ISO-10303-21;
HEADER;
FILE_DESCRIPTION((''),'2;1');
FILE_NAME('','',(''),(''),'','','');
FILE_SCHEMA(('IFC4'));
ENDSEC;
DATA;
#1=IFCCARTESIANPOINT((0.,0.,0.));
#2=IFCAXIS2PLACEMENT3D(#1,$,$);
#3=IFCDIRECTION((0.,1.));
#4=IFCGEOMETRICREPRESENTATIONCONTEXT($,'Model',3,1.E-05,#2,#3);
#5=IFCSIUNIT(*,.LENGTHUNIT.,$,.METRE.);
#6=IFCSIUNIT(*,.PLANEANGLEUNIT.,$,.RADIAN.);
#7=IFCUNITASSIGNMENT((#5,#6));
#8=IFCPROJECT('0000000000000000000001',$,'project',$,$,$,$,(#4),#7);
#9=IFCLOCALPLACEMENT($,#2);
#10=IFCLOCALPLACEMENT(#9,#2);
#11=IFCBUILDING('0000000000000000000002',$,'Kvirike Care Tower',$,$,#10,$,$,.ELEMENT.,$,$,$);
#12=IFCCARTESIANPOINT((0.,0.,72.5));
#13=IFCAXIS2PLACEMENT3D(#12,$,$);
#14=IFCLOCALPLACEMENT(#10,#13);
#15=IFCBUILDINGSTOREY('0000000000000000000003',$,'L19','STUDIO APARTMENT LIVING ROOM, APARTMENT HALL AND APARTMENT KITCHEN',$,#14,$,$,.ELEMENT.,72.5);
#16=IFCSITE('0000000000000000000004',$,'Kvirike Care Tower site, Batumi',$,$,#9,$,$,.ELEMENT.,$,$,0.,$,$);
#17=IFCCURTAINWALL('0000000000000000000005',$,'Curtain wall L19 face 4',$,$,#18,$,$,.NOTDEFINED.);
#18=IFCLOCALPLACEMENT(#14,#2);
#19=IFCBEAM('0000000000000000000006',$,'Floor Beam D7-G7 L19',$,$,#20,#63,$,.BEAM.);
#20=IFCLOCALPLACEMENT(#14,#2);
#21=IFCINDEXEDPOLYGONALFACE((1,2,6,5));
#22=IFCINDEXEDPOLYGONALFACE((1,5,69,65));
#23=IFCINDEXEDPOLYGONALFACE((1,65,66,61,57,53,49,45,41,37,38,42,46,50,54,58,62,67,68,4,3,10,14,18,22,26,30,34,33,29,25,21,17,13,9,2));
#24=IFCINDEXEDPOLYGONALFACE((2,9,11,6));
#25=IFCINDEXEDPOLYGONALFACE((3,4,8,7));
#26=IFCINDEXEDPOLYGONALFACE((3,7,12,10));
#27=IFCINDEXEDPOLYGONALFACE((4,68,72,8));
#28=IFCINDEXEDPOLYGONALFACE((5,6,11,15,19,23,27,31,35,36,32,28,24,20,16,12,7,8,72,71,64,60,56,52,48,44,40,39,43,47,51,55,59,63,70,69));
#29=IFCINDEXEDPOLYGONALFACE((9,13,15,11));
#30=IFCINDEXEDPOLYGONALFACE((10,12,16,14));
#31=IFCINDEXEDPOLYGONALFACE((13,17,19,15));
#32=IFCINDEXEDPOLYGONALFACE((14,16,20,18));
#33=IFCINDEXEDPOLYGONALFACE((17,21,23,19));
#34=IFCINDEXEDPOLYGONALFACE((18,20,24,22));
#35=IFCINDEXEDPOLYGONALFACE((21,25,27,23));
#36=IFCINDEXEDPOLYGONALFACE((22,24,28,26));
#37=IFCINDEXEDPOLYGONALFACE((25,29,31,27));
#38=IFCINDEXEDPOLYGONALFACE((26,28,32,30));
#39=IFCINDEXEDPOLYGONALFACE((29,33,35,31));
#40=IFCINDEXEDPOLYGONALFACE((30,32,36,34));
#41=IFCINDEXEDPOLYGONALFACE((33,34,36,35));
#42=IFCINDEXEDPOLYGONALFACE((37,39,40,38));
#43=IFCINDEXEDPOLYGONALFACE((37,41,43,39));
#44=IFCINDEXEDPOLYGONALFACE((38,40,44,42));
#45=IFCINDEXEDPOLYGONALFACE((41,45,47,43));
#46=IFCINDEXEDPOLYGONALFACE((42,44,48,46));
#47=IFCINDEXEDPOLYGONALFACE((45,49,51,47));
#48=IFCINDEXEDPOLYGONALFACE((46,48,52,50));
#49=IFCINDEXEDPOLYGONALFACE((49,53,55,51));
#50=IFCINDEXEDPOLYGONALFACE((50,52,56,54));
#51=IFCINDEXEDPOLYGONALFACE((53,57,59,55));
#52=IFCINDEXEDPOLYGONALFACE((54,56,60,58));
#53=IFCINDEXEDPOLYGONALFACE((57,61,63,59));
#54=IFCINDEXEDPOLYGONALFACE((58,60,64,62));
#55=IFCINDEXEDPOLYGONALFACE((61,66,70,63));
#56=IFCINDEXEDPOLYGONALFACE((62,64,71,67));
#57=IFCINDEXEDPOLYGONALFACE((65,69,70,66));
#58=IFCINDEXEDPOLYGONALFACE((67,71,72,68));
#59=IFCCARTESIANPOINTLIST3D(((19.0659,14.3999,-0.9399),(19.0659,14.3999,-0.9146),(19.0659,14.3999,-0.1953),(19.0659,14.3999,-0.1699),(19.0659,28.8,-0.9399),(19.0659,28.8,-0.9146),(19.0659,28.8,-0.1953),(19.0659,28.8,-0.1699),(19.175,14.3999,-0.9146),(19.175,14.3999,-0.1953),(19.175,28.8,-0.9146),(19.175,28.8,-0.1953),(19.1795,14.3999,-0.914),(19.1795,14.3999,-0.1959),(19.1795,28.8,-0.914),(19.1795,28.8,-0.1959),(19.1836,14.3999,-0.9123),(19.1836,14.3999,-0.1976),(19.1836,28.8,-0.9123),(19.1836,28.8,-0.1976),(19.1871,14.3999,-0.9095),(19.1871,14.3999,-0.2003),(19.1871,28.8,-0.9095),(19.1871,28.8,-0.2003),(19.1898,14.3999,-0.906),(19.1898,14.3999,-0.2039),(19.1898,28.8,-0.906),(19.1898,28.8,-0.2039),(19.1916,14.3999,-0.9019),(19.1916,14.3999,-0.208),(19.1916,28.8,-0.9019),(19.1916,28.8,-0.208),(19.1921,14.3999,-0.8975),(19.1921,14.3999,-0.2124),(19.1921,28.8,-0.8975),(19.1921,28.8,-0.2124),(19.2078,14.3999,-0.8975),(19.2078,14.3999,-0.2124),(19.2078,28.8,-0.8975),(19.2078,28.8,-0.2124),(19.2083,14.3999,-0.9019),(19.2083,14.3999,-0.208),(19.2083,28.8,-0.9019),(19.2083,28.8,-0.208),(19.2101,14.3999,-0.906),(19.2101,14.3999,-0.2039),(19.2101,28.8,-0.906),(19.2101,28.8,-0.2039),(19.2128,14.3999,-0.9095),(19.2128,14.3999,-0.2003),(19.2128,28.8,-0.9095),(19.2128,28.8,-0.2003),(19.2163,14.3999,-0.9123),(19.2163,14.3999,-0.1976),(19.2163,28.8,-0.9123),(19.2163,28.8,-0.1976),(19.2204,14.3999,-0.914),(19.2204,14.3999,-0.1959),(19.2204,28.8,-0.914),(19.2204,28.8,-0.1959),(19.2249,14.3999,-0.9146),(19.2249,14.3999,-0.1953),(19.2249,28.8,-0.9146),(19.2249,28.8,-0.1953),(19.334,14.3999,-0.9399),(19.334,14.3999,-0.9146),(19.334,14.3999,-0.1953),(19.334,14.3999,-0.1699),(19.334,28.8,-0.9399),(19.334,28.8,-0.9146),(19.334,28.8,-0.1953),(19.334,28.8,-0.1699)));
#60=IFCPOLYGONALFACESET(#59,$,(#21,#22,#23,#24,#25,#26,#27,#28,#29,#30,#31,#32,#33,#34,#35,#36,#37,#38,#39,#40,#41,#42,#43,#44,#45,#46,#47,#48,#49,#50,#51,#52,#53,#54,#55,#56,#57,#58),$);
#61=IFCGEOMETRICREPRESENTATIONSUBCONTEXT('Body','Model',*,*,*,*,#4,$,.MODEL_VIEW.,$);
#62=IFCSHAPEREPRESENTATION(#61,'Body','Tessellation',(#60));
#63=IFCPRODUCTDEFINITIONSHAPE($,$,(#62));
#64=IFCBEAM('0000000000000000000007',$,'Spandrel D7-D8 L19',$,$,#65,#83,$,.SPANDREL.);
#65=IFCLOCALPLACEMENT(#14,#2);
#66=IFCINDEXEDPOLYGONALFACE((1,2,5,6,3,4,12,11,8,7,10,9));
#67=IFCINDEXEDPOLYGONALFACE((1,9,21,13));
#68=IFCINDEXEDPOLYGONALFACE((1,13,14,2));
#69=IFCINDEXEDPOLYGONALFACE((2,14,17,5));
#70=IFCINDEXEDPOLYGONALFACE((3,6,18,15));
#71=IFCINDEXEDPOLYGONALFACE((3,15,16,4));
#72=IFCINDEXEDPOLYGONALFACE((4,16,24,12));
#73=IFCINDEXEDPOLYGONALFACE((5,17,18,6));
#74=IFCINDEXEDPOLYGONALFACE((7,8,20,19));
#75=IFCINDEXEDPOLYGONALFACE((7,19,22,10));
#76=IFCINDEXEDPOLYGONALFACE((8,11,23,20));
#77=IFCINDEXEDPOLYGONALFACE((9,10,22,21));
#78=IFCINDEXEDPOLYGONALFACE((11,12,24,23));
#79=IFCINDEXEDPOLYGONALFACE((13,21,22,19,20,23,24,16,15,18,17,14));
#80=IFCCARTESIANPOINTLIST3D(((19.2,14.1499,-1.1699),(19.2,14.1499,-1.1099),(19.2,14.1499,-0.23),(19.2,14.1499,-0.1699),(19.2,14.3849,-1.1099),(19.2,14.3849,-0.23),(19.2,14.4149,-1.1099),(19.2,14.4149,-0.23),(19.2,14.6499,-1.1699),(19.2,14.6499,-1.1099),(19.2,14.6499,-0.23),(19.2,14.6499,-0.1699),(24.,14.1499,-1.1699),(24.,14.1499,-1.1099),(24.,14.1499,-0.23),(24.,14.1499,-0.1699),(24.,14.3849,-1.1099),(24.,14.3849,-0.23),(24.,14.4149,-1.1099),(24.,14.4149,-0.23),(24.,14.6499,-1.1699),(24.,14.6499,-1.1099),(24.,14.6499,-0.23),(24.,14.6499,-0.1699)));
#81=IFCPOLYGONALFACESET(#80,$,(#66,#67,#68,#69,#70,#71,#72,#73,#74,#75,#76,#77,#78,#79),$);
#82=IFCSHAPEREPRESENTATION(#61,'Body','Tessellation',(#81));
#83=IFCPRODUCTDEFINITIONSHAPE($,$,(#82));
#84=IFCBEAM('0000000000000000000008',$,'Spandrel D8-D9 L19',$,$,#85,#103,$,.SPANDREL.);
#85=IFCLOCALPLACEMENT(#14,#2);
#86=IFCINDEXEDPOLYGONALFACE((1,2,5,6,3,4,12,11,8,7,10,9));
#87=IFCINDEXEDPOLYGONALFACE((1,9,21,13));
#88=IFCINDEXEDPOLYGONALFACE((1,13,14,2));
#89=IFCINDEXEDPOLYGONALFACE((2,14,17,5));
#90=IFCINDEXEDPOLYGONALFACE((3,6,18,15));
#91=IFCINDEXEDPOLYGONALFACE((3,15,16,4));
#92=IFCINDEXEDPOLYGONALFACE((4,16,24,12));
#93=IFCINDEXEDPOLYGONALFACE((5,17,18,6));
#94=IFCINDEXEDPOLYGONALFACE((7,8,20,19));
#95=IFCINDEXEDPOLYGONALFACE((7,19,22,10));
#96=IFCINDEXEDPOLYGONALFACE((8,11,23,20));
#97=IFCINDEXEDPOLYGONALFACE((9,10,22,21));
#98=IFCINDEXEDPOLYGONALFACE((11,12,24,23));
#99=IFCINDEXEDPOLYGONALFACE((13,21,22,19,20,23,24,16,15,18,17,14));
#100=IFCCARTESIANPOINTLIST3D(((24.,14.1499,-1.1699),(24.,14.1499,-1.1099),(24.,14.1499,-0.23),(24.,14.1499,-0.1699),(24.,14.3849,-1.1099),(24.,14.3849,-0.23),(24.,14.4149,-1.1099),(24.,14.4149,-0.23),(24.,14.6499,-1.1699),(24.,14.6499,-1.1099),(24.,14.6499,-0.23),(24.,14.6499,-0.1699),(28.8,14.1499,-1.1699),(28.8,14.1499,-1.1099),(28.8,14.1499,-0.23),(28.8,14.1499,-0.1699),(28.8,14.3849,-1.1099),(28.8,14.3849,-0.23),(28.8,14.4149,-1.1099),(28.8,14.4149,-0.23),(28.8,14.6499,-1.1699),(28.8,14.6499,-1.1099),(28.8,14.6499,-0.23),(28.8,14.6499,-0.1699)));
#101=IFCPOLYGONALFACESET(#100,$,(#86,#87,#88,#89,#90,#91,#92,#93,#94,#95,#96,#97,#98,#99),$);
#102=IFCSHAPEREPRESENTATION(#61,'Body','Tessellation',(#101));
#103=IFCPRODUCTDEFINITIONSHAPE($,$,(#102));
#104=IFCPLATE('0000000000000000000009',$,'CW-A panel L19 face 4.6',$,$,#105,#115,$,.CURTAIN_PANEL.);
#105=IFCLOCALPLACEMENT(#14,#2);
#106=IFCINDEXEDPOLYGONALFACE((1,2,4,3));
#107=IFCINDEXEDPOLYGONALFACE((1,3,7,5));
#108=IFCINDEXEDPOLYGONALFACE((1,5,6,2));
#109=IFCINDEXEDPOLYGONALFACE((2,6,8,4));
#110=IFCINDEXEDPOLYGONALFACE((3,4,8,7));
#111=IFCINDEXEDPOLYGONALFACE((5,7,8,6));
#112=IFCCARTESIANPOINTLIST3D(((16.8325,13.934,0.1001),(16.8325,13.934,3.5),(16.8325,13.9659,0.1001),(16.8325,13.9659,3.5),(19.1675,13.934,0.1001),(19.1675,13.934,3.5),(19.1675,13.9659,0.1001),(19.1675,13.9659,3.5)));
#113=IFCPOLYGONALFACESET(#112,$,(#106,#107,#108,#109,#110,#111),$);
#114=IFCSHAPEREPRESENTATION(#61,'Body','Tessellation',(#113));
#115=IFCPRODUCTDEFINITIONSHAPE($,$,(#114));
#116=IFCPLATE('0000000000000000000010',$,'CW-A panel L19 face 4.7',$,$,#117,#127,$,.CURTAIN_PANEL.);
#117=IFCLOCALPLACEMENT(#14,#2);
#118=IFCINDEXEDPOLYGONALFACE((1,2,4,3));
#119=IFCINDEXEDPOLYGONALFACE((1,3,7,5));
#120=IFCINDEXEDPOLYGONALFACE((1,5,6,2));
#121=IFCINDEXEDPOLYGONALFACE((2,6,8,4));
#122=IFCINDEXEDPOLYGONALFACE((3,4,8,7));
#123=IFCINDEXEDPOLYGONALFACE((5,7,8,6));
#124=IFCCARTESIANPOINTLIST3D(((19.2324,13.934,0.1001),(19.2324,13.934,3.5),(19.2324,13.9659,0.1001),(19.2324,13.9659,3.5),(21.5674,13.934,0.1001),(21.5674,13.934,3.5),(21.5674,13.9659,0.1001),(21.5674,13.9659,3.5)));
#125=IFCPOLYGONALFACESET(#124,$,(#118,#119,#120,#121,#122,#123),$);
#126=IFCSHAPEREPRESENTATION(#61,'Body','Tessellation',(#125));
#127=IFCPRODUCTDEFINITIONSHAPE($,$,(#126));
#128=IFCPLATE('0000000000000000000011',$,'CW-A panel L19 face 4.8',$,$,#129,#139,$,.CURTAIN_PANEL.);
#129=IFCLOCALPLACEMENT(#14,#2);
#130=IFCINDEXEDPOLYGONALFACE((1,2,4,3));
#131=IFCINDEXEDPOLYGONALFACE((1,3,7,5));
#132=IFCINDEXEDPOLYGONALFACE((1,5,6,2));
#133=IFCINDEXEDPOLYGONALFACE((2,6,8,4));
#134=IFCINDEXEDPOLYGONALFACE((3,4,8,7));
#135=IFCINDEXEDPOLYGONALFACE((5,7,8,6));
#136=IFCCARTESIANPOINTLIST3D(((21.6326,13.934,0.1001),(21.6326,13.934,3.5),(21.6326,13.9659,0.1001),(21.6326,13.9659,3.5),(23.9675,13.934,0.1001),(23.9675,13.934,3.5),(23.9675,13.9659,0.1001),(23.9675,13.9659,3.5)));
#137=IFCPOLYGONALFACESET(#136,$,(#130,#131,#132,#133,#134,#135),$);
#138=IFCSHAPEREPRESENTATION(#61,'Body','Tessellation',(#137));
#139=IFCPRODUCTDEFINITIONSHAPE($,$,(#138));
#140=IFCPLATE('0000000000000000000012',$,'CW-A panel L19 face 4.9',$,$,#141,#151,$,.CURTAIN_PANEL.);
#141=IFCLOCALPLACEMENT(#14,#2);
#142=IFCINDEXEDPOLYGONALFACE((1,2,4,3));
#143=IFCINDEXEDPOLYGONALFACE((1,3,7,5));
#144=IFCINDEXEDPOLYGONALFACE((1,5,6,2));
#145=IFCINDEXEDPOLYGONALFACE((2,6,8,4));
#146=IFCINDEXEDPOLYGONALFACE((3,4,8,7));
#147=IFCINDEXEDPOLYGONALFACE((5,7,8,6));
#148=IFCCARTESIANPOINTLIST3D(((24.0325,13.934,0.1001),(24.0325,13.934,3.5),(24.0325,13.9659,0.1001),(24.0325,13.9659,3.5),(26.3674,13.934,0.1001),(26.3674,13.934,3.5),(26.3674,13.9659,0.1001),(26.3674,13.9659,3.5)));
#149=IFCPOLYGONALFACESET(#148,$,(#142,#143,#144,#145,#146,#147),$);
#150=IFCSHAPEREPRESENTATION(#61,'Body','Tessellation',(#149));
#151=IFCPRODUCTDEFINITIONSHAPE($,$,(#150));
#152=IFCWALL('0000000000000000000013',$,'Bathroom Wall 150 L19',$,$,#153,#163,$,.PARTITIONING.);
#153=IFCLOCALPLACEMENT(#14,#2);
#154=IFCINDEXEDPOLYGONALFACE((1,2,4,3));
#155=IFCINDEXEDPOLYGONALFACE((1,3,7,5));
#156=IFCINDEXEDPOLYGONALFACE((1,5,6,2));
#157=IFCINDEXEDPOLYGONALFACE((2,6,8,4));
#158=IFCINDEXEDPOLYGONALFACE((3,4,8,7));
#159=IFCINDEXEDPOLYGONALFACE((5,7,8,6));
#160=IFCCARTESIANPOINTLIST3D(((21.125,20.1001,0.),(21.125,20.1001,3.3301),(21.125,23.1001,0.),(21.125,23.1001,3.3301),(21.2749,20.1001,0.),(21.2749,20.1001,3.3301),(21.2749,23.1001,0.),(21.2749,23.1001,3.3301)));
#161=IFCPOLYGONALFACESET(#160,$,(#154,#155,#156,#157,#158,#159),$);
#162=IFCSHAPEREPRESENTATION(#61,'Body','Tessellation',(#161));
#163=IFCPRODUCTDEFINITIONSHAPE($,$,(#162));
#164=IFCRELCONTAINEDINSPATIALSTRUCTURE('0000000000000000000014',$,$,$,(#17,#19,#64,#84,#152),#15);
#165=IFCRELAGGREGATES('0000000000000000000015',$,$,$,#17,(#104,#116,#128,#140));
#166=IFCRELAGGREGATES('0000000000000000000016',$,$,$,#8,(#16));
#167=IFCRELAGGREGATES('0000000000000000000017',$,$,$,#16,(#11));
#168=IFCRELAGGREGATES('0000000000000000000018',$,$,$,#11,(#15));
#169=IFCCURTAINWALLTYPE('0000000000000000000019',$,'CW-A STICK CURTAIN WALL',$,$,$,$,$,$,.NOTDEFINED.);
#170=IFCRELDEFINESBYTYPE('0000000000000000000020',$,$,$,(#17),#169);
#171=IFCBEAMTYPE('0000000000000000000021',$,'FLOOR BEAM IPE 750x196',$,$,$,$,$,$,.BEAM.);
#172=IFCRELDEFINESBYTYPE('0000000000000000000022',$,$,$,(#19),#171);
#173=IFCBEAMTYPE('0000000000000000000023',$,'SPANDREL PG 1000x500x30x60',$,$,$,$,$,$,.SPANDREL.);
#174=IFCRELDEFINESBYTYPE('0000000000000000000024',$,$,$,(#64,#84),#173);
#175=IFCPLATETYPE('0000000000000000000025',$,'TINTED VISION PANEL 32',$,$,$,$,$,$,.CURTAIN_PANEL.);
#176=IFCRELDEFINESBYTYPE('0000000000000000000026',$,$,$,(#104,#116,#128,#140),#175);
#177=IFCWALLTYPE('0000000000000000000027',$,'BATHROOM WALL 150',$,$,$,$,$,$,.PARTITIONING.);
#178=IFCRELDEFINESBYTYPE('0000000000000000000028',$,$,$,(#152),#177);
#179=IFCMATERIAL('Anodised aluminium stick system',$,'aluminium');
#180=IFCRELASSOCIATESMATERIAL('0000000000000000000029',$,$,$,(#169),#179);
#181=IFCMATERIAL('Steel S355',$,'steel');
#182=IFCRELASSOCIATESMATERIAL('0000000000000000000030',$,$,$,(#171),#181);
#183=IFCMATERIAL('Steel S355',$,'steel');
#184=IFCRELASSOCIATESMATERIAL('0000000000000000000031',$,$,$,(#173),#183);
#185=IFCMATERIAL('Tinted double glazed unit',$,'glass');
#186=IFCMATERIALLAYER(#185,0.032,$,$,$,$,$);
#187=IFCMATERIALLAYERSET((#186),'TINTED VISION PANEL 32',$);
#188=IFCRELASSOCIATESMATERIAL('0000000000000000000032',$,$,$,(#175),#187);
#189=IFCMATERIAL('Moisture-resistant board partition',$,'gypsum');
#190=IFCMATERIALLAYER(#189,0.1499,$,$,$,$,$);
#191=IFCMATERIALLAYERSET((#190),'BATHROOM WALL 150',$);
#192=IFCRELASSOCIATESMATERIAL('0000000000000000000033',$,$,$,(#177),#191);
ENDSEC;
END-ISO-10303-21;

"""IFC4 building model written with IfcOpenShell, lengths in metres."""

from ifc_helpers import new_model, si_unit, direction, frame, frame_2d, origin, origin_2d, place, context, subcontext, project, spatial, rectangle, i_section, extrude, material, layer, layer_set, material_profile, profile_set, type_object, element, aggregate, save


model = new_model("IFC4")

# Units and contexts
model_context = context("Model", 3, precision=1e-05, world=origin(), true_north=direction((0.0, 1.0)))
body_context = subcontext(model_context, "Body", "Model", "MODEL_VIEW")
ifc_project = project(units=[si_unit("LENGTHUNIT", "METRE"), si_unit("PLANEANGLEUNIT", "RADIAN")], contexts=[model_context])

# Site, building, storey
site_placement = place(None, origin())
site = spatial("IfcSite", under=ifc_project, at=site_placement, Name="Kvirike Care Tower site, Batumi", CompositionType="ELEMENT", RefElevation=0.0)
building_placement = place(site_placement, origin())
building = spatial("IfcBuilding", under=site, at=building_placement, Name="Kvirike Care Tower", CompositionType="ELEMENT")
storey_placement = place(building_placement, frame((0.0, 0.0, 72.5)))
storey = spatial("IfcBuildingStorey", under=building, at=storey_placement, Name="L19", Description="STUDIO APARTMENT LIVING ROOM, APARTMENT HALL AND APARTMENT KITCHEN", CompositionType="ELEMENT", Elevation=72.5)

# Curtain wall
ifc_material_1 = material(Name="Anodised aluminium stick system", Category="aluminium")
curtain_wall_type = type_object("IfcCurtainWallType", Name="CW-A STICK CURTAIN WALL", PredefinedType="NOTDEFINED", material=ifc_material_1)
curtain_wall_placement = place(storey_placement, origin())
curtain_wall = element("IfcCurtainWall", 1, at=curtain_wall_placement, inside=storey, type_object=curtain_wall_type, Name="Curtain wall L19 face 4", PredefinedType="NOTDEFINED")

# Beams
ifc_material_2 = material(Name="Steel S355", Category="steel")
ifc_material_profile_1 = material_profile(ifc_material_2, i_section(OverallWidth=0.2681, OverallDepth=0.77, WebThickness=0.0156, FlangeThickness=0.0254, FilletRadius=0.0171, at=origin_2d()), Name="IPE 750x196")
ifc_profile_set_1 = profile_set([ifc_material_profile_1], Name="Steel S355")
beam_type_1 = type_object("IfcBeamType", Name="FLOOR BEAM IPE 750x196", PredefinedType="BEAM", material=ifc_profile_set_1)
beam_1_placement = place(storey_placement, frame((19.2, 14.3999, -0.5549), z_axis=(0.0, 1.0, 0.0), x_axis=(-1.0, 0.0, 0.0)))
element("IfcBeam", 2, at=beam_1_placement, inside=storey, type_object=beam_type_1, Name="Floor Beam D7-G7 L19", PredefinedType="BEAM", context=body_context, shape_type="SweptSolid", body=[
    extrude(i_section(OverallWidth=0.2681, OverallDepth=0.77, WebThickness=0.0156, FlangeThickness=0.0254, FilletRadius=0.0171, at=origin_2d()), origin(), (0.0, 0.0, 1.0), 14.4001),
])
ifc_material_3 = material(Name="Steel S355", Category="steel")
ifc_material_profile_2 = material_profile(ifc_material_3, i_section(OverallWidth=0.5, OverallDepth=1.0, WebThickness=0.03, FlangeThickness=0.0601, at=origin_2d()), Name="PG 1000x500x30x60")
ifc_profile_set_2 = profile_set([ifc_material_profile_2], Name="Steel S355")
beam_type_2 = type_object("IfcBeamType", Name="SPANDREL PG 1000x500x30x60", PredefinedType="SPANDREL", material=ifc_profile_set_2)
for number, where, z_axis, x_axis, name in (
    (3, (19.2, 14.3999, -0.6699), (1.0, 0.0, 0.0), (0.0, 1.0, 0.0), "Spandrel D7-D8 L19"),
    (4, (24.0, 14.3999, -0.6699), (1.0, 0.0, 0.0), (0.0, 1.0, 0.0), "Spandrel D8-D9 L19"),
):
    element("IfcBeam", number, at=place(storey_placement, frame(where, z_axis=z_axis, x_axis=x_axis)), inside=storey, type_object=beam_type_2, Name=name, PredefinedType="SPANDREL", context=body_context, shape_type="SweptSolid", body=[
        extrude(i_section(OverallWidth=0.5, OverallDepth=1.0, WebThickness=0.03, FlangeThickness=0.0601, at=origin_2d()), origin(), (0.0, 0.0, 1.0), 4.8),
    ])

# Plates
ifc_material_4 = material(Name="Tinted double glazed unit", Category="glass")
ifc_layer_1 = layer(ifc_material_4, 0.032)
ifc_layer_set_1 = layer_set([ifc_layer_1], Name="TINTED VISION PANEL 32")
plate_type = type_object("IfcPlateType", Name="TINTED VISION PANEL 32", PredefinedType="CURTAIN_PANEL", material=ifc_layer_set_1)
plate_1_placement = place(storey_placement, frame((18.0, 13.95, 0.1001), z_axis=(0.0, 0.0, 1.0), x_axis=(1.0, 0.0, 0.0)))
plate_1 = element("IfcPlate", 5, at=plate_1_placement, type_object=plate_type, Name="CW-A panel L19 face 4.6", PredefinedType="CURTAIN_PANEL", context=body_context, shape_type="SweptSolid", body=[
    extrude(rectangle(XDim=2.335, YDim=0.032, at=origin_2d()), origin(), (0.0, 0.0, 1.0), 3.3999),
])
plate_2_placement = place(storey_placement, frame((20.3999, 13.95, 0.1001), z_axis=(0.0, 0.0, 1.0), x_axis=(1.0, 0.0, 0.0)))
plate_2 = element("IfcPlate", 6, at=plate_2_placement, type_object=plate_type, Name="CW-A panel L19 face 4.7", PredefinedType="CURTAIN_PANEL", context=body_context, shape_type="SweptSolid", body=[
    extrude(rectangle(XDim=2.335, YDim=0.032, at=origin_2d()), origin(), (0.0, 0.0, 1.0), 3.3999),
])
plate_3_placement = place(storey_placement, frame((22.8, 13.95, 0.1001), z_axis=(0.0, 0.0, 1.0), x_axis=(1.0, 0.0, 0.0)))
plate_3 = element("IfcPlate", 7, at=plate_3_placement, type_object=plate_type, Name="CW-A panel L19 face 4.8", PredefinedType="CURTAIN_PANEL", context=body_context, shape_type="SweptSolid", body=[
    extrude(rectangle(XDim=2.335, YDim=0.032, at=origin_2d()), origin(), (0.0, 0.0, 1.0), 3.3999),
])
plate_4_placement = place(storey_placement, frame((25.2, 13.95, 0.1001), z_axis=(0.0, 0.0, 1.0), x_axis=(1.0, 0.0, 0.0)))
plate_4 = element("IfcPlate", 8, at=plate_4_placement, type_object=plate_type, Name="CW-A panel L19 face 4.9", PredefinedType="CURTAIN_PANEL", context=body_context, shape_type="SweptSolid", body=[
    extrude(rectangle(XDim=2.335, YDim=0.032, at=origin_2d()), origin(), (0.0, 0.0, 1.0), 3.3999),
])
aggregate(curtain_wall, [plate_1, plate_2, plate_3, plate_4])

# Wall
ifc_material_5 = material(Name="Moisture-resistant board partition", Category="gypsum")
ifc_layer_2 = layer(ifc_material_5, 0.1499)
ifc_layer_set_2 = layer_set([ifc_layer_2], Name="BATHROOM WALL 150")
wall_type_1 = type_object("IfcWallType", Name="BATHROOM WALL 150", PredefinedType="PARTITIONING", material=ifc_layer_set_2)
wall_1_placement = place(storey_placement, frame((21.2, 20.1001, 0.0), z_axis=(0.0, 0.0, 1.0), x_axis=(0.0, 1.0, 0.0)))
element("IfcWall", 9, at=wall_1_placement, inside=storey, type_object=wall_type_1, Name="Bathroom Wall 150 L19", PredefinedType="PARTITIONING", context=body_context, shape_type="SweptSolid", body=[
    extrude(rectangle(XDim=3.0, YDim=0.1499, at=frame_2d((1.5, 0.0))), origin(), (0.0, 0.0, 1.0), 3.3301),
])

save(model, "model.ifc")
